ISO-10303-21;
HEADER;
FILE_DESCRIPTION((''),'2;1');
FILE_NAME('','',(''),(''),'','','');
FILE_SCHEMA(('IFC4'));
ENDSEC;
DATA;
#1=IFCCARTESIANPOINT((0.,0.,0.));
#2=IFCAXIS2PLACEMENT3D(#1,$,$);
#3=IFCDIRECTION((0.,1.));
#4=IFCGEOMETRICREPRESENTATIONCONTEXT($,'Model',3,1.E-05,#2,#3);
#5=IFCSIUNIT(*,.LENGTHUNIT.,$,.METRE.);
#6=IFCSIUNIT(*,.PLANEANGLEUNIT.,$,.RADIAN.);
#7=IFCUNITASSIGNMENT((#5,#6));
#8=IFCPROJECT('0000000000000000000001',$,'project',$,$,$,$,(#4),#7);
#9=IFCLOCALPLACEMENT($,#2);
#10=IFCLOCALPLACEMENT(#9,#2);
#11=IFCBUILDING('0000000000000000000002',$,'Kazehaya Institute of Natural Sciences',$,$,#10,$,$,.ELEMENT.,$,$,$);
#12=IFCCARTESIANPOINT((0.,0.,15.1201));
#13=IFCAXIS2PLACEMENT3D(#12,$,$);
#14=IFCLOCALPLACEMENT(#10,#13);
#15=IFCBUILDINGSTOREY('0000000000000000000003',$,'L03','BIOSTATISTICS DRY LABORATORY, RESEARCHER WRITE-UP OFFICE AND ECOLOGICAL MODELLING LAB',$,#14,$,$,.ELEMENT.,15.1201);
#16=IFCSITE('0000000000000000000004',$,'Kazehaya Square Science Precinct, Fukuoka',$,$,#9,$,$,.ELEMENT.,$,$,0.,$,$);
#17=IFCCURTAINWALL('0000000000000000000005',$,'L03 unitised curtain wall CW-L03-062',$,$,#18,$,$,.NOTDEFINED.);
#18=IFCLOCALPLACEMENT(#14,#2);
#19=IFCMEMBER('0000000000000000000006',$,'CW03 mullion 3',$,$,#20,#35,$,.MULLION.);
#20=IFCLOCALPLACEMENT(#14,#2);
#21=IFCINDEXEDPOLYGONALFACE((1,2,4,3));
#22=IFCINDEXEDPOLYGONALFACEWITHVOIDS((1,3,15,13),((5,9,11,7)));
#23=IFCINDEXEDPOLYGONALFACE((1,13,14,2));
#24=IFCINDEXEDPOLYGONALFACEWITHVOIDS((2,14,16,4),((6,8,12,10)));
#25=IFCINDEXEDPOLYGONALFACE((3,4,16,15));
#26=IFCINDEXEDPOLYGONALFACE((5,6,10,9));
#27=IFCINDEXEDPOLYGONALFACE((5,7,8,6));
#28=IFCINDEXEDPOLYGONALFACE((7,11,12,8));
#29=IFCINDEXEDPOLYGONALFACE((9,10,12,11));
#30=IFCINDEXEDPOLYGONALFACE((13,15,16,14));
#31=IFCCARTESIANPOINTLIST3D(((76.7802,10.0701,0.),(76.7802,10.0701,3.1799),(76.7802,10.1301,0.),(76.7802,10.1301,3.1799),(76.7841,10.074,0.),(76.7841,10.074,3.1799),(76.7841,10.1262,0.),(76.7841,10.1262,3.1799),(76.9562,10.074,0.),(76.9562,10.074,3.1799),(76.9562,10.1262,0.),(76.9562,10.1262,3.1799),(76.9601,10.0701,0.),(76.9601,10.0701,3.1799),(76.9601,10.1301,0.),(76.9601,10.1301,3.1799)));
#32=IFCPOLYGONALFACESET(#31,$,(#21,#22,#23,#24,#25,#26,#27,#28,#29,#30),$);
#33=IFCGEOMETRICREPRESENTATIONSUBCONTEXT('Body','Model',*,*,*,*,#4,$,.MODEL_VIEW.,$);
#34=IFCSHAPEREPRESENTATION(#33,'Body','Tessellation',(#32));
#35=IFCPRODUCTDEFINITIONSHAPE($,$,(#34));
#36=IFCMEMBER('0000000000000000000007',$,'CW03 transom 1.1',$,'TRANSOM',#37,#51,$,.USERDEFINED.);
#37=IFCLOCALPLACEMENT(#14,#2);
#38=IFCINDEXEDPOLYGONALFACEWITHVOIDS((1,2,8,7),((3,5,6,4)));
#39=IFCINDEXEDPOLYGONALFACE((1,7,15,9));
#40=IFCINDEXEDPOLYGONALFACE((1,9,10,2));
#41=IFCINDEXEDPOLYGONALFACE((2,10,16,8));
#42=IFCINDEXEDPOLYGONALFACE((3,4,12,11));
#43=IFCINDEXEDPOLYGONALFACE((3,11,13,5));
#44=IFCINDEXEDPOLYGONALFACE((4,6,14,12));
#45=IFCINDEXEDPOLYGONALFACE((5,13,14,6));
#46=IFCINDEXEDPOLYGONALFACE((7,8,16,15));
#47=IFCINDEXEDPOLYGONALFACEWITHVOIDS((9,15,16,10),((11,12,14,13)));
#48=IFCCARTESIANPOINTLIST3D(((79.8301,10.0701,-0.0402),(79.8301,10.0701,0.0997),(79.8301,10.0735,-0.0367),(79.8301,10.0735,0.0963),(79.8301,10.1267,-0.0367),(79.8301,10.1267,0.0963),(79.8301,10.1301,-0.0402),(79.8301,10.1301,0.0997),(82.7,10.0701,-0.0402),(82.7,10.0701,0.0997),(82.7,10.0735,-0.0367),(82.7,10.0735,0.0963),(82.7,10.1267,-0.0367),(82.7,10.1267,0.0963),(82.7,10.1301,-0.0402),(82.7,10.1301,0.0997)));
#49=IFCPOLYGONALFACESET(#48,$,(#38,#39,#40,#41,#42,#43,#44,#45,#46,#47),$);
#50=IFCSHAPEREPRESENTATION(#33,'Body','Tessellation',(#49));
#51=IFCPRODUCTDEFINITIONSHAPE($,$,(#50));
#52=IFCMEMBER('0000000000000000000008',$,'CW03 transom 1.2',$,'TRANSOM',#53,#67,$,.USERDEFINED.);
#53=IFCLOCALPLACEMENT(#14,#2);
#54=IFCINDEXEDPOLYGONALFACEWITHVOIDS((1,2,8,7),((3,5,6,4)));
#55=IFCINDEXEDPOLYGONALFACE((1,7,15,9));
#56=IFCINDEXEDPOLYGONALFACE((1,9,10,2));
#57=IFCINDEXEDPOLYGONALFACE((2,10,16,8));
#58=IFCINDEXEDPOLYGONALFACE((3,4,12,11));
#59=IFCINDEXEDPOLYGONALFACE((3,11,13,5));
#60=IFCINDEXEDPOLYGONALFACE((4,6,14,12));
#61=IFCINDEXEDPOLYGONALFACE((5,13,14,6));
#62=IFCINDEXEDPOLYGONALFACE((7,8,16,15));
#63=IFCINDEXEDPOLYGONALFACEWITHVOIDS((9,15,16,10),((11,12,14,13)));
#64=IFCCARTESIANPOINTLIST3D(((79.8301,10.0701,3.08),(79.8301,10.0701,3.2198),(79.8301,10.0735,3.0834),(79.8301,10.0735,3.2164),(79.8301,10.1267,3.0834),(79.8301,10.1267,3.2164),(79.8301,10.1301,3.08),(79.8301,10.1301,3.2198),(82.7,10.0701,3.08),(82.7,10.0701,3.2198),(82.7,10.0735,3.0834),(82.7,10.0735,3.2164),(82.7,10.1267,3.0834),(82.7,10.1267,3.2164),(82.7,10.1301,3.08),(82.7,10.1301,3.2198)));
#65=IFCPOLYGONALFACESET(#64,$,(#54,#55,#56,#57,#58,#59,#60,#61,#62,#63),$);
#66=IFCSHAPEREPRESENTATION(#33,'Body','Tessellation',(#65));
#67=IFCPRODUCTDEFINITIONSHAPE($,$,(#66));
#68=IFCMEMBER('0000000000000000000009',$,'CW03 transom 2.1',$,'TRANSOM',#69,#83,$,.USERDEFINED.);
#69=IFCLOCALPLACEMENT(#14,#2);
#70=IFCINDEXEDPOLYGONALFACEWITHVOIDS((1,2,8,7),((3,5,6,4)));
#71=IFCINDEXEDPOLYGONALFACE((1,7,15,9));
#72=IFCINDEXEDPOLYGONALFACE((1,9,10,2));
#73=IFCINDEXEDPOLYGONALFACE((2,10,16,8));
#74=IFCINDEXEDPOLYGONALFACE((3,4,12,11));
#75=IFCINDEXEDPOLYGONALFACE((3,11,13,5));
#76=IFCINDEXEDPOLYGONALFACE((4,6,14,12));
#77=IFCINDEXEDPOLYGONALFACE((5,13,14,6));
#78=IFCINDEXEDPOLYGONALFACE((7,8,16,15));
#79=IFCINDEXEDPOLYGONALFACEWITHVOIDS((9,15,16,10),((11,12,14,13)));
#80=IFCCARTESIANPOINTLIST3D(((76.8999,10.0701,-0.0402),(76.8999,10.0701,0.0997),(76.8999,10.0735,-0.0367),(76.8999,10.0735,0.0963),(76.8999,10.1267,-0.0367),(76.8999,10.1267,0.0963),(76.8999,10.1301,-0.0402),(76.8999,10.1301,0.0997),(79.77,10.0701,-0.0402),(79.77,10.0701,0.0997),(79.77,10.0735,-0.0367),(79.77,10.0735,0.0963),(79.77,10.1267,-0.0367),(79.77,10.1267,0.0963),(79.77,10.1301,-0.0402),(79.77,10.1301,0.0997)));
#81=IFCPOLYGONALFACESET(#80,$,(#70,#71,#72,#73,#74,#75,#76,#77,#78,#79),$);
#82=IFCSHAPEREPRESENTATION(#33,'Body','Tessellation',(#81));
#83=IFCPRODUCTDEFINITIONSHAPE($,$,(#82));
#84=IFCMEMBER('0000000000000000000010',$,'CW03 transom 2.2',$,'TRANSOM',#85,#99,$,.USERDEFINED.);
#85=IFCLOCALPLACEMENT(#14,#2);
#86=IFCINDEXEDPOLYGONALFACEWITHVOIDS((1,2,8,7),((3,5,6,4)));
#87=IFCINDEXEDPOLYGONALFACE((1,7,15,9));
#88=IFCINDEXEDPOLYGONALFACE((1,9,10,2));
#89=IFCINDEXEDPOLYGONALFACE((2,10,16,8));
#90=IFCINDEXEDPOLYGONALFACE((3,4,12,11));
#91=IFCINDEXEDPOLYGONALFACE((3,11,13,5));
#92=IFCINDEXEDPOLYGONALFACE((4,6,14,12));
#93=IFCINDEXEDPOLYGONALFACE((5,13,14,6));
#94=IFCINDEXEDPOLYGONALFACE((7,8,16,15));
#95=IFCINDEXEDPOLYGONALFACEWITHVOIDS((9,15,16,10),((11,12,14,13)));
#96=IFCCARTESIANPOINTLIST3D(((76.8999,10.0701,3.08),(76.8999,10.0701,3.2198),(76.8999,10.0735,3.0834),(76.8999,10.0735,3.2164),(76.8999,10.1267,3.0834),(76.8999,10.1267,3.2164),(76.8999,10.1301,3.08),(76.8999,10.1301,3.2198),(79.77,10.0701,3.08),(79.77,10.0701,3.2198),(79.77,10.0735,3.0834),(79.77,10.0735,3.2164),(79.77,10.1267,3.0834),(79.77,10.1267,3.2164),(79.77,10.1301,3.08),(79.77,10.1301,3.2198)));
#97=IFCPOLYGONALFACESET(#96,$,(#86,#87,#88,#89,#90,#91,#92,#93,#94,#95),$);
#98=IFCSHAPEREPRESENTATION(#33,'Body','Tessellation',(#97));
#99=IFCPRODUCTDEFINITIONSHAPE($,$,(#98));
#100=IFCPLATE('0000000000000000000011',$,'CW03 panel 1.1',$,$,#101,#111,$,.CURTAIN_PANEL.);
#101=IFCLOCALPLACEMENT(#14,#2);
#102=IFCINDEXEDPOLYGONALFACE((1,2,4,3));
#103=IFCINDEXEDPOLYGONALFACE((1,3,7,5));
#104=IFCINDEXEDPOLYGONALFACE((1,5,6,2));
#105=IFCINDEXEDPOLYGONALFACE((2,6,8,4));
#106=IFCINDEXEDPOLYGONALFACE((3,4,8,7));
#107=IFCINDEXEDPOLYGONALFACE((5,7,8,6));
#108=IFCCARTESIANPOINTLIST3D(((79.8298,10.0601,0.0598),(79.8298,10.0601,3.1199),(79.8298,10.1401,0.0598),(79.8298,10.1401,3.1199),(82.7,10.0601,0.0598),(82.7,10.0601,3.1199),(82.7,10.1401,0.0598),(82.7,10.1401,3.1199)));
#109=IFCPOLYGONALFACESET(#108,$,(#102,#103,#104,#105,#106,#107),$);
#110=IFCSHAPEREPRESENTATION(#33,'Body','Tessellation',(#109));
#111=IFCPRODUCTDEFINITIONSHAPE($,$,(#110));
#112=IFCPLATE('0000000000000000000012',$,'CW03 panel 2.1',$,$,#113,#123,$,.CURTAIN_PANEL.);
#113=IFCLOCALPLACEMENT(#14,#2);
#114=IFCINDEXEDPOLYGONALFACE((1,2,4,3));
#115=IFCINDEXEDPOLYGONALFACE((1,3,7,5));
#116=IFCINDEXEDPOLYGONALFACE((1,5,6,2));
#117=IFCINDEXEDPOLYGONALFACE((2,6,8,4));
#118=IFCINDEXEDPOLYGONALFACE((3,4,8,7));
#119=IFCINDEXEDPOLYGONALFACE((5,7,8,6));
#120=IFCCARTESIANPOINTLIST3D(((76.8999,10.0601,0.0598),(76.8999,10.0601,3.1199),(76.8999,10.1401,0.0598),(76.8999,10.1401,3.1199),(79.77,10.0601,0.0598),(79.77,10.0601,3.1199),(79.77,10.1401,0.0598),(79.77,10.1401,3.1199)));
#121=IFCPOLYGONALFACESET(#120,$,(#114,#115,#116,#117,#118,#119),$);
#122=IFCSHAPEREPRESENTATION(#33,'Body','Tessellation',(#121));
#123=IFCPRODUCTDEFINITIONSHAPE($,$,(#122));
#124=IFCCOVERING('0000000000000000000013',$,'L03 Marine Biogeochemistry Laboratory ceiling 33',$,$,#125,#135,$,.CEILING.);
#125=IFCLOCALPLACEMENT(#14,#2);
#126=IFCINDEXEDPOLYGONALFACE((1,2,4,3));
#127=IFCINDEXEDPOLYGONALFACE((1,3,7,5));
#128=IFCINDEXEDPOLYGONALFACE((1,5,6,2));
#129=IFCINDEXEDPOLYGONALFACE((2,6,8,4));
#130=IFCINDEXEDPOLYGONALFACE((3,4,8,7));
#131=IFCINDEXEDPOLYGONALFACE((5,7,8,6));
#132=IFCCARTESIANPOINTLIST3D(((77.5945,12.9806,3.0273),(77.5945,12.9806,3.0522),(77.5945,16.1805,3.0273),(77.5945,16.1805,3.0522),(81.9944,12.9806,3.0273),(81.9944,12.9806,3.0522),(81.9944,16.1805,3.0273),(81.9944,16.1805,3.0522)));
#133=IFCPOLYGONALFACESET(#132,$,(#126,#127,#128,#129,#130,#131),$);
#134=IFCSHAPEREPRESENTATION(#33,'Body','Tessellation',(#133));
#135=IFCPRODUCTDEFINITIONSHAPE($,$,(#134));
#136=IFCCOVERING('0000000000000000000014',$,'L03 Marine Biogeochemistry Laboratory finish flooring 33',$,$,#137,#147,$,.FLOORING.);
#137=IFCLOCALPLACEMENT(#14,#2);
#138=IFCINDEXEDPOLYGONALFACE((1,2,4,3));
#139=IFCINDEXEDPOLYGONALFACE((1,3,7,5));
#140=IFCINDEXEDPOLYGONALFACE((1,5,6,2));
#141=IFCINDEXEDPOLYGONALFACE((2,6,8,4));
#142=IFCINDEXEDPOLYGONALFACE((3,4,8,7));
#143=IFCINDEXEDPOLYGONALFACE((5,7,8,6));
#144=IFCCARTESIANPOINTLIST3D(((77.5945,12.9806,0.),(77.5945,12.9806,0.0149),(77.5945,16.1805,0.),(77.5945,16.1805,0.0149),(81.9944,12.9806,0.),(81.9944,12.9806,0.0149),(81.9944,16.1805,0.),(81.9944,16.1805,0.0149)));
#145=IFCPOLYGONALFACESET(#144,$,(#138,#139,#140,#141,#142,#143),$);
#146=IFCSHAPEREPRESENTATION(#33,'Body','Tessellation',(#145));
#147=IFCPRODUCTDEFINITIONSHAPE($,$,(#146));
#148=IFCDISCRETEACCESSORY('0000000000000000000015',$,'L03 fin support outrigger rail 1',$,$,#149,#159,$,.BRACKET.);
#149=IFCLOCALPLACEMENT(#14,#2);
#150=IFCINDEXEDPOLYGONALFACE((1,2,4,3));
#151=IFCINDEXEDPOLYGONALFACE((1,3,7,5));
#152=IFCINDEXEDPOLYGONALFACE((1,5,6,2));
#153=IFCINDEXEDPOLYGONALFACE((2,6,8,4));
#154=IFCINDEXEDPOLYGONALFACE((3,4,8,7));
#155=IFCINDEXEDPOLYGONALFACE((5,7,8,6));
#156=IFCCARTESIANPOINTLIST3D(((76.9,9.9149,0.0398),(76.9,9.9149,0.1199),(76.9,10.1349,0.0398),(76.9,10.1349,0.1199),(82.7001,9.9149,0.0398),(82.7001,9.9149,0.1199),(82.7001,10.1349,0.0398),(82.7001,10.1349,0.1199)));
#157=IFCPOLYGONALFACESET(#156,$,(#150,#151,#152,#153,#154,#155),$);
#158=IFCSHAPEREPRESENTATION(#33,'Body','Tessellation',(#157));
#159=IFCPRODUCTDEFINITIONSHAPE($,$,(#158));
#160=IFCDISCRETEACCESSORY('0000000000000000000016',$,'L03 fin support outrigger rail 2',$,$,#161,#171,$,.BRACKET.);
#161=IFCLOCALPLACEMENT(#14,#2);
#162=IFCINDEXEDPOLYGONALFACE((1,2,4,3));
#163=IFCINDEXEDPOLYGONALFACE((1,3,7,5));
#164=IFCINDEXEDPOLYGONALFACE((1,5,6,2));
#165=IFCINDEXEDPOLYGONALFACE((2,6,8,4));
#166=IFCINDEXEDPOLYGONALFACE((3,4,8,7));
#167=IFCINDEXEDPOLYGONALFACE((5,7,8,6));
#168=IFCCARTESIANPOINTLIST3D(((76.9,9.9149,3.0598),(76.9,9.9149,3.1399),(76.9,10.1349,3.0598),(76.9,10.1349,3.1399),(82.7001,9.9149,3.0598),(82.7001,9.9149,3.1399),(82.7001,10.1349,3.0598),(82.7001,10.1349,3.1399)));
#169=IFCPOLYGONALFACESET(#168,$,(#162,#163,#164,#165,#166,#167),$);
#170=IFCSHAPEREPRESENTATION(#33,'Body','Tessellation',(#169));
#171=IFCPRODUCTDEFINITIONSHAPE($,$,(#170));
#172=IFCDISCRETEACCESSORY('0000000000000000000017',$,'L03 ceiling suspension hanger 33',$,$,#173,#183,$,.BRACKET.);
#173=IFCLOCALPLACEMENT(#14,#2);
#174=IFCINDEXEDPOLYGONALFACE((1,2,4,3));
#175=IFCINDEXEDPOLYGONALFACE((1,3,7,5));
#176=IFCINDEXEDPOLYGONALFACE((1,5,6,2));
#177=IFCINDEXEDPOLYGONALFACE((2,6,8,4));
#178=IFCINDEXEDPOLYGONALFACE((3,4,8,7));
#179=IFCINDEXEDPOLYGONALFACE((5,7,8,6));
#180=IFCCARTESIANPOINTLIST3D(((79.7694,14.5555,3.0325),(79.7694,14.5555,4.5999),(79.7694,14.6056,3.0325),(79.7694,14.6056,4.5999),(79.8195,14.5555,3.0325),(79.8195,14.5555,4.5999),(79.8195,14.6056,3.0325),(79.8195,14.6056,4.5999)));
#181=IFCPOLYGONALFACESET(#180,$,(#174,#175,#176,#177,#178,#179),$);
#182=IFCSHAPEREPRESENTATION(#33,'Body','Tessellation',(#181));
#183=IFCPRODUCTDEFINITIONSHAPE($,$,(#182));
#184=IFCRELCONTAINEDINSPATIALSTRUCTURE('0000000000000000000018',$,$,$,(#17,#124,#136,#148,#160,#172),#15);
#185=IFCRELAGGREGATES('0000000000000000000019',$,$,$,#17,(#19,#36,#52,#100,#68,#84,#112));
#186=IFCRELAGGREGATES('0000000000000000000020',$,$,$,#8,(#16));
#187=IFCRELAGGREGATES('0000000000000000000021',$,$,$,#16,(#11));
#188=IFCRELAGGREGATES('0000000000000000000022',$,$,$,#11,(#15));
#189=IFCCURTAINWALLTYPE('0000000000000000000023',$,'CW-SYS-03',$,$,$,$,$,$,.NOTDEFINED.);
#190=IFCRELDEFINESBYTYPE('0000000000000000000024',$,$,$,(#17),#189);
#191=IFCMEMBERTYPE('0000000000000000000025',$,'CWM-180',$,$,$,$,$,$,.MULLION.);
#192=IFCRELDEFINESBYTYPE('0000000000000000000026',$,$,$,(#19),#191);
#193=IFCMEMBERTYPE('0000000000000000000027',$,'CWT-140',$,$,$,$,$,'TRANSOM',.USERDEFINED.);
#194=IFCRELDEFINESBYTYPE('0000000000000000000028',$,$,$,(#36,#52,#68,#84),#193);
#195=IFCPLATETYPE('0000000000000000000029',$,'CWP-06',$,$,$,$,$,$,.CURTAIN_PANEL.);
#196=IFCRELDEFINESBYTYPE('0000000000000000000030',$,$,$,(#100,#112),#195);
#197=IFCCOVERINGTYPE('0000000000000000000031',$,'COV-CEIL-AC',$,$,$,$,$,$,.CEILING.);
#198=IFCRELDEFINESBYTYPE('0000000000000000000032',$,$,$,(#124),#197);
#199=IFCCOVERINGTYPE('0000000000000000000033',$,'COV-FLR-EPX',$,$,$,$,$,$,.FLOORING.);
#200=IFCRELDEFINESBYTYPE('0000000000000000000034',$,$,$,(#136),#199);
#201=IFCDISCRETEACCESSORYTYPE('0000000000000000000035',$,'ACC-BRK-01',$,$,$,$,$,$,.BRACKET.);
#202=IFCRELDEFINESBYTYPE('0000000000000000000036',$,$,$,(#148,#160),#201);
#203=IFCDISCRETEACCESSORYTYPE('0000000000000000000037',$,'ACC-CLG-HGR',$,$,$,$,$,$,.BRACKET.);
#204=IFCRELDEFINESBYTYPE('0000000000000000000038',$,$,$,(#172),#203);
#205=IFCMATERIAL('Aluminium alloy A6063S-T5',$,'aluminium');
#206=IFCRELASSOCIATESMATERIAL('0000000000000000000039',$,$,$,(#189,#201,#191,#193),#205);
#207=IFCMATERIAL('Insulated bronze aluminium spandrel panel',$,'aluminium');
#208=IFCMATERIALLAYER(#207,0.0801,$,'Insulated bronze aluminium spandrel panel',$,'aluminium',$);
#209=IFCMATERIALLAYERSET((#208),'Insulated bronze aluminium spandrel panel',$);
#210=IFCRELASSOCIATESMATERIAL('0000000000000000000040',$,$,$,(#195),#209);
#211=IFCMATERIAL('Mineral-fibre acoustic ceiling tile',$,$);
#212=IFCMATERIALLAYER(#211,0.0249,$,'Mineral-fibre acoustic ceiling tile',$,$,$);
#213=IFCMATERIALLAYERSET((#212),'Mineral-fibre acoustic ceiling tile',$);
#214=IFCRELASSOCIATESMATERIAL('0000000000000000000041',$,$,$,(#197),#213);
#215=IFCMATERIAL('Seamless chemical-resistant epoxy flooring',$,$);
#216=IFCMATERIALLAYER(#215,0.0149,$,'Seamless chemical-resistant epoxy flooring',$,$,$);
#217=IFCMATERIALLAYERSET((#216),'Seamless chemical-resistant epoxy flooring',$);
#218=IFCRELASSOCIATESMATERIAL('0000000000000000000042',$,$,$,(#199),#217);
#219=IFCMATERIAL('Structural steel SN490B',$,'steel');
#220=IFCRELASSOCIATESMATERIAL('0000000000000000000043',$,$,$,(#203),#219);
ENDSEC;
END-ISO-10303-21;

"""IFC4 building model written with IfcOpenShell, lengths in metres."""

from ifc_helpers import new_model, si_unit, direction, frame, origin, origin_2d, place, context, subcontext, project, spatial, rectangle, hollow_rectangle, extrude, material, layer, layer_set, material_profile, profile_set, type_object, element, aggregate, save


model = new_model("IFC4")

# Units and contexts
model_context = context("Model", 3, precision=1e-05, world=origin(), true_north=direction((0.0, 1.0)))
body_context = subcontext(model_context, "Body", "Model", "MODEL_VIEW")
ifc_project = project(units=[si_unit("LENGTHUNIT", "METRE"), si_unit("PLANEANGLEUNIT", "RADIAN")], contexts=[model_context])

# Site, building, storey
site_placement = place(None, origin())
site = spatial("IfcSite", under=ifc_project, at=site_placement, Name="Kazehaya Square Science Precinct, Fukuoka", CompositionType="ELEMENT", RefElevation=0.0)
building_placement = place(site_placement, origin())
building = spatial("IfcBuilding", under=site, at=building_placement, Name="Kazehaya Institute of Natural Sciences", CompositionType="ELEMENT")
storey_placement = place(building_placement, frame((0.0, 0.0, 15.1201)))
storey = spatial("IfcBuildingStorey", under=building, at=storey_placement, Name="L03", Description="BIOSTATISTICS DRY LABORATORY, RESEARCHER WRITE-UP OFFICE AND ECOLOGICAL MODELLING LAB", CompositionType="ELEMENT", Elevation=15.1201)

# Shared definitions
ifc_material_1 = material(Name="Aluminium alloy A6063S-T5", Category="aluminium")
curtain_wall_type = type_object("IfcCurtainWallType", Name="CW-SYS-03", PredefinedType="NOTDEFINED", material=ifc_material_1)
ifc_material_profile_1 = material_profile(ifc_material_1, hollow_rectangle(XDim=0.0601, YDim=0.1799, WallThickness=0.0039, at=origin_2d()), Name="ALU-60x180x4")
ifc_profile_set_1 = profile_set([ifc_material_profile_1], Name="Aluminium alloy A6063S-T5")
member_type_1 = type_object("IfcMemberType", Name="CWM-180", PredefinedType="MULLION", material=ifc_profile_set_1)

# Curtain wall, members, plates
curtain_wall_1_placement = place(storey_placement, origin())
curtain_wall_1 = element("IfcCurtainWall", 1, at=curtain_wall_1_placement, inside=storey, type_object=curtain_wall_type, Name="L03 unitised curtain wall CW-L03-062", PredefinedType="NOTDEFINED")
member_1_placement = place(storey_placement, frame((76.8701, 10.1001, 0.0), z_axis=(0.0, 0.0, 1.0), x_axis=(0.0, -1.0, 0.0)))
member_1 = element("IfcMember", 2, at=member_1_placement, type_object=member_type_1, Name="CW03 mullion 3", PredefinedType="MULLION", context=body_context, shape_type="SweptSolid", body=[
    extrude(hollow_rectangle(XDim=0.0601, YDim=0.1799, WallThickness=0.0039, at=origin_2d()), origin(), (0.0, 0.0, 1.0), 3.1799),
])
ifc_material_profile_2 = material_profile(ifc_material_1, hollow_rectangle(XDim=0.0601, YDim=0.1399, WallThickness=0.0034, at=origin_2d()), Name="ALU-60x140x3.5")
ifc_profile_set_2 = profile_set([ifc_material_profile_2], Name="Aluminium alloy A6063S-T5")
member_type_2 = type_object("IfcMemberType", Name="CWT-140", ElementType="TRANSOM", PredefinedType="USERDEFINED", material=ifc_profile_set_2)
member_2_placement = place(storey_placement, frame((82.7, 10.1001, 0.0298), z_axis=(-1.0, 0.0, 0.0), x_axis=(0.0, -1.0, 0.0)))
member_2 = element("IfcMember", 3, at=member_2_placement, type_object=member_type_2, Name="CW03 transom 1.1", ObjectType="TRANSOM", PredefinedType="USERDEFINED", context=body_context, shape_type="SweptSolid", body=[
    extrude(hollow_rectangle(XDim=0.0601, YDim=0.1399, WallThickness=0.0034, at=origin_2d()), origin(), (0.0, 0.0, 1.0), 2.8699),
])
member_3_placement = place(storey_placement, frame((82.7, 10.1001, 3.1499), z_axis=(-1.0, 0.0, 0.0), x_axis=(0.0, -1.0, 0.0)))
member_3 = element("IfcMember", 4, at=member_3_placement, type_object=member_type_2, Name="CW03 transom 1.2", ObjectType="TRANSOM", PredefinedType="USERDEFINED", context=body_context, shape_type="SweptSolid", body=[
    extrude(hollow_rectangle(XDim=0.0601, YDim=0.1399, WallThickness=0.0034, at=origin_2d()), origin(), (0.0, 0.0, 1.0), 2.8699),
])
member_4_placement = place(storey_placement, frame((79.77, 10.1001, 0.0298), z_axis=(-1.0, 0.0, 0.0), x_axis=(0.0, -1.0, 0.0)))
member_4 = element("IfcMember", 5, at=member_4_placement, type_object=member_type_2, Name="CW03 transom 2.1", ObjectType="TRANSOM", PredefinedType="USERDEFINED", context=body_context, shape_type="SweptSolid", body=[
    extrude(hollow_rectangle(XDim=0.0601, YDim=0.1399, WallThickness=0.0034, at=origin_2d()), origin(), (0.0, 0.0, 1.0), 2.8701),
])
member_5_placement = place(storey_placement, frame((79.77, 10.1001, 3.1499), z_axis=(-1.0, 0.0, 0.0), x_axis=(0.0, -1.0, 0.0)))
member_5 = element("IfcMember", 6, at=member_5_placement, type_object=member_type_2, Name="CW03 transom 2.2", ObjectType="TRANSOM", PredefinedType="USERDEFINED", context=body_context, shape_type="SweptSolid", body=[
    extrude(hollow_rectangle(XDim=0.0601, YDim=0.1399, WallThickness=0.0034, at=origin_2d()), origin(), (0.0, 0.0, 1.0), 2.8701),
])
ifc_material_2 = material(Name="Insulated bronze aluminium spandrel panel", Category="aluminium")
ifc_layer_1 = layer(ifc_material_2, 0.0801, Name="Insulated bronze aluminium spandrel panel", Category="aluminium")
ifc_layer_set_1 = layer_set([ifc_layer_1], Name="Insulated bronze aluminium spandrel panel")
plate_type = type_object("IfcPlateType", Name="CWP-06", PredefinedType="CURTAIN_PANEL", material=ifc_layer_set_1)
plate_1_placement = place(storey_placement, frame((81.2649, 10.1001, 0.0598), z_axis=(0.0, 0.0, 1.0), x_axis=(-1.0, 0.0, 0.0)))
plate_1 = element("IfcPlate", 7, at=plate_1_placement, type_object=plate_type, Name="CW03 panel 1.1", PredefinedType="CURTAIN_PANEL", context=body_context, shape_type="SweptSolid", body=[
    extrude(rectangle(XDim=2.8701, YDim=0.0801, at=origin_2d()), origin(), (0.0, 0.0, 1.0), 3.0601),
])
plate_2_placement = place(storey_placement, frame((78.335, 10.1001, 0.0598), z_axis=(0.0, 0.0, 1.0), x_axis=(-1.0, 0.0, 0.0)))
plate_2 = element("IfcPlate", 8, at=plate_2_placement, type_object=plate_type, Name="CW03 panel 2.1", PredefinedType="CURTAIN_PANEL", context=body_context, shape_type="SweptSolid", body=[
    extrude(rectangle(XDim=2.8701, YDim=0.0801, at=origin_2d()), origin(), (0.0, 0.0, 1.0), 3.0601),
])
aggregate(curtain_wall_1, [member_1, member_2, member_3, plate_1, member_4, member_5, plate_2])

# Coverings
ifc_material_3 = material(Name="Mineral-fibre acoustic ceiling tile")
ifc_layer_2 = layer(ifc_material_3, 0.0249, Name="Mineral-fibre acoustic ceiling tile")
ifc_layer_set_2 = layer_set([ifc_layer_2], Name="Mineral-fibre acoustic ceiling tile")
covering_type_1 = type_object("IfcCoveringType", Name="COV-CEIL-AC", PredefinedType="CEILING", material=ifc_layer_set_2)
covering_1_placement = place(storey_placement, frame((79.7944, 14.5806, 3.0273), z_axis=(0.0, 0.0, 1.0), x_axis=(1.0, 0.0, 0.0)))
element("IfcCovering", 9, at=covering_1_placement, inside=storey, type_object=covering_type_1, Name="L03 Marine Biogeochemistry Laboratory ceiling 33", PredefinedType="CEILING", context=body_context, shape_type="SweptSolid", body=[
    extrude(rectangle(XDim=4.3999, YDim=3.2, at=origin_2d()), origin(), (0.0, 0.0, 1.0), 0.0249),
])
ifc_material_4 = material(Name="Seamless chemical-resistant epoxy flooring")
ifc_layer_3 = layer(ifc_material_4, 0.0149, Name="Seamless chemical-resistant epoxy flooring")
ifc_layer_set_3 = layer_set([ifc_layer_3], Name="Seamless chemical-resistant epoxy flooring")
covering_type_2 = type_object("IfcCoveringType", Name="COV-FLR-EPX", PredefinedType="FLOORING", material=ifc_layer_set_3)
covering_2_placement = place(storey_placement, frame((79.7944, 14.5806, 0.0), z_axis=(0.0, 0.0, 1.0), x_axis=(1.0, 0.0, 0.0)))
element("IfcCovering", 10, at=covering_2_placement, inside=storey, type_object=covering_type_2, Name="L03 Marine Biogeochemistry Laboratory finish flooring 33", PredefinedType="FLOORING", context=body_context, shape_type="SweptSolid", body=[
    extrude(rectangle(XDim=4.3999, YDim=3.2, at=origin_2d()), origin(), (0.0, 0.0, 1.0), 0.0149),
])

# Discrete accessories
discrete_accessory_type_1 = type_object("IfcDiscreteAccessoryType", Name="ACC-BRK-01", PredefinedType="BRACKET", material=ifc_material_1)
for number, where, z_axis, x_axis, name in (
    (11, (79.8, 10.0249, 0.0398), (0.0, 0.0, 1.0), (-1.0, 0.0, 0.0), "L03 fin support outrigger rail 1"),
    (12, (79.8, 10.0249, 3.0598), (0.0, 0.0, 1.0), (-1.0, 0.0, 0.0), "L03 fin support outrigger rail 2"),
):
    element("IfcDiscreteAccessory", number, at=place(storey_placement, frame(where, z_axis=z_axis, x_axis=x_axis)), inside=storey, type_object=discrete_accessory_type_1, Name=name, PredefinedType="BRACKET", context=body_context, shape_type="SweptSolid", body=[
        extrude(rectangle(XDim=5.8, YDim=0.22, at=origin_2d()), origin(), (0.0, 0.0, 1.0), 0.0801),
    ])
ifc_material_5 = material(Name="Structural steel SN490B", Category="steel")
discrete_accessory_type_2 = type_object("IfcDiscreteAccessoryType", Name="ACC-CLG-HGR", PredefinedType="BRACKET", material=ifc_material_5)
discrete_accessory_placement = place(storey_placement, frame((79.7944, 14.5806, 3.0325), z_axis=(0.0, 0.0, 1.0), x_axis=(1.0, 0.0, 0.0)))
element("IfcDiscreteAccessory", 13, at=discrete_accessory_placement, inside=storey, type_object=discrete_accessory_type_2, Name="L03 ceiling suspension hanger 33", PredefinedType="BRACKET", context=body_context, shape_type="SweptSolid", body=[
    extrude(rectangle(XDim=0.05, YDim=0.05, at=origin_2d()), origin(), (0.0, 0.0, 1.0), 1.5674),
])

save(model, "model.ifc")
